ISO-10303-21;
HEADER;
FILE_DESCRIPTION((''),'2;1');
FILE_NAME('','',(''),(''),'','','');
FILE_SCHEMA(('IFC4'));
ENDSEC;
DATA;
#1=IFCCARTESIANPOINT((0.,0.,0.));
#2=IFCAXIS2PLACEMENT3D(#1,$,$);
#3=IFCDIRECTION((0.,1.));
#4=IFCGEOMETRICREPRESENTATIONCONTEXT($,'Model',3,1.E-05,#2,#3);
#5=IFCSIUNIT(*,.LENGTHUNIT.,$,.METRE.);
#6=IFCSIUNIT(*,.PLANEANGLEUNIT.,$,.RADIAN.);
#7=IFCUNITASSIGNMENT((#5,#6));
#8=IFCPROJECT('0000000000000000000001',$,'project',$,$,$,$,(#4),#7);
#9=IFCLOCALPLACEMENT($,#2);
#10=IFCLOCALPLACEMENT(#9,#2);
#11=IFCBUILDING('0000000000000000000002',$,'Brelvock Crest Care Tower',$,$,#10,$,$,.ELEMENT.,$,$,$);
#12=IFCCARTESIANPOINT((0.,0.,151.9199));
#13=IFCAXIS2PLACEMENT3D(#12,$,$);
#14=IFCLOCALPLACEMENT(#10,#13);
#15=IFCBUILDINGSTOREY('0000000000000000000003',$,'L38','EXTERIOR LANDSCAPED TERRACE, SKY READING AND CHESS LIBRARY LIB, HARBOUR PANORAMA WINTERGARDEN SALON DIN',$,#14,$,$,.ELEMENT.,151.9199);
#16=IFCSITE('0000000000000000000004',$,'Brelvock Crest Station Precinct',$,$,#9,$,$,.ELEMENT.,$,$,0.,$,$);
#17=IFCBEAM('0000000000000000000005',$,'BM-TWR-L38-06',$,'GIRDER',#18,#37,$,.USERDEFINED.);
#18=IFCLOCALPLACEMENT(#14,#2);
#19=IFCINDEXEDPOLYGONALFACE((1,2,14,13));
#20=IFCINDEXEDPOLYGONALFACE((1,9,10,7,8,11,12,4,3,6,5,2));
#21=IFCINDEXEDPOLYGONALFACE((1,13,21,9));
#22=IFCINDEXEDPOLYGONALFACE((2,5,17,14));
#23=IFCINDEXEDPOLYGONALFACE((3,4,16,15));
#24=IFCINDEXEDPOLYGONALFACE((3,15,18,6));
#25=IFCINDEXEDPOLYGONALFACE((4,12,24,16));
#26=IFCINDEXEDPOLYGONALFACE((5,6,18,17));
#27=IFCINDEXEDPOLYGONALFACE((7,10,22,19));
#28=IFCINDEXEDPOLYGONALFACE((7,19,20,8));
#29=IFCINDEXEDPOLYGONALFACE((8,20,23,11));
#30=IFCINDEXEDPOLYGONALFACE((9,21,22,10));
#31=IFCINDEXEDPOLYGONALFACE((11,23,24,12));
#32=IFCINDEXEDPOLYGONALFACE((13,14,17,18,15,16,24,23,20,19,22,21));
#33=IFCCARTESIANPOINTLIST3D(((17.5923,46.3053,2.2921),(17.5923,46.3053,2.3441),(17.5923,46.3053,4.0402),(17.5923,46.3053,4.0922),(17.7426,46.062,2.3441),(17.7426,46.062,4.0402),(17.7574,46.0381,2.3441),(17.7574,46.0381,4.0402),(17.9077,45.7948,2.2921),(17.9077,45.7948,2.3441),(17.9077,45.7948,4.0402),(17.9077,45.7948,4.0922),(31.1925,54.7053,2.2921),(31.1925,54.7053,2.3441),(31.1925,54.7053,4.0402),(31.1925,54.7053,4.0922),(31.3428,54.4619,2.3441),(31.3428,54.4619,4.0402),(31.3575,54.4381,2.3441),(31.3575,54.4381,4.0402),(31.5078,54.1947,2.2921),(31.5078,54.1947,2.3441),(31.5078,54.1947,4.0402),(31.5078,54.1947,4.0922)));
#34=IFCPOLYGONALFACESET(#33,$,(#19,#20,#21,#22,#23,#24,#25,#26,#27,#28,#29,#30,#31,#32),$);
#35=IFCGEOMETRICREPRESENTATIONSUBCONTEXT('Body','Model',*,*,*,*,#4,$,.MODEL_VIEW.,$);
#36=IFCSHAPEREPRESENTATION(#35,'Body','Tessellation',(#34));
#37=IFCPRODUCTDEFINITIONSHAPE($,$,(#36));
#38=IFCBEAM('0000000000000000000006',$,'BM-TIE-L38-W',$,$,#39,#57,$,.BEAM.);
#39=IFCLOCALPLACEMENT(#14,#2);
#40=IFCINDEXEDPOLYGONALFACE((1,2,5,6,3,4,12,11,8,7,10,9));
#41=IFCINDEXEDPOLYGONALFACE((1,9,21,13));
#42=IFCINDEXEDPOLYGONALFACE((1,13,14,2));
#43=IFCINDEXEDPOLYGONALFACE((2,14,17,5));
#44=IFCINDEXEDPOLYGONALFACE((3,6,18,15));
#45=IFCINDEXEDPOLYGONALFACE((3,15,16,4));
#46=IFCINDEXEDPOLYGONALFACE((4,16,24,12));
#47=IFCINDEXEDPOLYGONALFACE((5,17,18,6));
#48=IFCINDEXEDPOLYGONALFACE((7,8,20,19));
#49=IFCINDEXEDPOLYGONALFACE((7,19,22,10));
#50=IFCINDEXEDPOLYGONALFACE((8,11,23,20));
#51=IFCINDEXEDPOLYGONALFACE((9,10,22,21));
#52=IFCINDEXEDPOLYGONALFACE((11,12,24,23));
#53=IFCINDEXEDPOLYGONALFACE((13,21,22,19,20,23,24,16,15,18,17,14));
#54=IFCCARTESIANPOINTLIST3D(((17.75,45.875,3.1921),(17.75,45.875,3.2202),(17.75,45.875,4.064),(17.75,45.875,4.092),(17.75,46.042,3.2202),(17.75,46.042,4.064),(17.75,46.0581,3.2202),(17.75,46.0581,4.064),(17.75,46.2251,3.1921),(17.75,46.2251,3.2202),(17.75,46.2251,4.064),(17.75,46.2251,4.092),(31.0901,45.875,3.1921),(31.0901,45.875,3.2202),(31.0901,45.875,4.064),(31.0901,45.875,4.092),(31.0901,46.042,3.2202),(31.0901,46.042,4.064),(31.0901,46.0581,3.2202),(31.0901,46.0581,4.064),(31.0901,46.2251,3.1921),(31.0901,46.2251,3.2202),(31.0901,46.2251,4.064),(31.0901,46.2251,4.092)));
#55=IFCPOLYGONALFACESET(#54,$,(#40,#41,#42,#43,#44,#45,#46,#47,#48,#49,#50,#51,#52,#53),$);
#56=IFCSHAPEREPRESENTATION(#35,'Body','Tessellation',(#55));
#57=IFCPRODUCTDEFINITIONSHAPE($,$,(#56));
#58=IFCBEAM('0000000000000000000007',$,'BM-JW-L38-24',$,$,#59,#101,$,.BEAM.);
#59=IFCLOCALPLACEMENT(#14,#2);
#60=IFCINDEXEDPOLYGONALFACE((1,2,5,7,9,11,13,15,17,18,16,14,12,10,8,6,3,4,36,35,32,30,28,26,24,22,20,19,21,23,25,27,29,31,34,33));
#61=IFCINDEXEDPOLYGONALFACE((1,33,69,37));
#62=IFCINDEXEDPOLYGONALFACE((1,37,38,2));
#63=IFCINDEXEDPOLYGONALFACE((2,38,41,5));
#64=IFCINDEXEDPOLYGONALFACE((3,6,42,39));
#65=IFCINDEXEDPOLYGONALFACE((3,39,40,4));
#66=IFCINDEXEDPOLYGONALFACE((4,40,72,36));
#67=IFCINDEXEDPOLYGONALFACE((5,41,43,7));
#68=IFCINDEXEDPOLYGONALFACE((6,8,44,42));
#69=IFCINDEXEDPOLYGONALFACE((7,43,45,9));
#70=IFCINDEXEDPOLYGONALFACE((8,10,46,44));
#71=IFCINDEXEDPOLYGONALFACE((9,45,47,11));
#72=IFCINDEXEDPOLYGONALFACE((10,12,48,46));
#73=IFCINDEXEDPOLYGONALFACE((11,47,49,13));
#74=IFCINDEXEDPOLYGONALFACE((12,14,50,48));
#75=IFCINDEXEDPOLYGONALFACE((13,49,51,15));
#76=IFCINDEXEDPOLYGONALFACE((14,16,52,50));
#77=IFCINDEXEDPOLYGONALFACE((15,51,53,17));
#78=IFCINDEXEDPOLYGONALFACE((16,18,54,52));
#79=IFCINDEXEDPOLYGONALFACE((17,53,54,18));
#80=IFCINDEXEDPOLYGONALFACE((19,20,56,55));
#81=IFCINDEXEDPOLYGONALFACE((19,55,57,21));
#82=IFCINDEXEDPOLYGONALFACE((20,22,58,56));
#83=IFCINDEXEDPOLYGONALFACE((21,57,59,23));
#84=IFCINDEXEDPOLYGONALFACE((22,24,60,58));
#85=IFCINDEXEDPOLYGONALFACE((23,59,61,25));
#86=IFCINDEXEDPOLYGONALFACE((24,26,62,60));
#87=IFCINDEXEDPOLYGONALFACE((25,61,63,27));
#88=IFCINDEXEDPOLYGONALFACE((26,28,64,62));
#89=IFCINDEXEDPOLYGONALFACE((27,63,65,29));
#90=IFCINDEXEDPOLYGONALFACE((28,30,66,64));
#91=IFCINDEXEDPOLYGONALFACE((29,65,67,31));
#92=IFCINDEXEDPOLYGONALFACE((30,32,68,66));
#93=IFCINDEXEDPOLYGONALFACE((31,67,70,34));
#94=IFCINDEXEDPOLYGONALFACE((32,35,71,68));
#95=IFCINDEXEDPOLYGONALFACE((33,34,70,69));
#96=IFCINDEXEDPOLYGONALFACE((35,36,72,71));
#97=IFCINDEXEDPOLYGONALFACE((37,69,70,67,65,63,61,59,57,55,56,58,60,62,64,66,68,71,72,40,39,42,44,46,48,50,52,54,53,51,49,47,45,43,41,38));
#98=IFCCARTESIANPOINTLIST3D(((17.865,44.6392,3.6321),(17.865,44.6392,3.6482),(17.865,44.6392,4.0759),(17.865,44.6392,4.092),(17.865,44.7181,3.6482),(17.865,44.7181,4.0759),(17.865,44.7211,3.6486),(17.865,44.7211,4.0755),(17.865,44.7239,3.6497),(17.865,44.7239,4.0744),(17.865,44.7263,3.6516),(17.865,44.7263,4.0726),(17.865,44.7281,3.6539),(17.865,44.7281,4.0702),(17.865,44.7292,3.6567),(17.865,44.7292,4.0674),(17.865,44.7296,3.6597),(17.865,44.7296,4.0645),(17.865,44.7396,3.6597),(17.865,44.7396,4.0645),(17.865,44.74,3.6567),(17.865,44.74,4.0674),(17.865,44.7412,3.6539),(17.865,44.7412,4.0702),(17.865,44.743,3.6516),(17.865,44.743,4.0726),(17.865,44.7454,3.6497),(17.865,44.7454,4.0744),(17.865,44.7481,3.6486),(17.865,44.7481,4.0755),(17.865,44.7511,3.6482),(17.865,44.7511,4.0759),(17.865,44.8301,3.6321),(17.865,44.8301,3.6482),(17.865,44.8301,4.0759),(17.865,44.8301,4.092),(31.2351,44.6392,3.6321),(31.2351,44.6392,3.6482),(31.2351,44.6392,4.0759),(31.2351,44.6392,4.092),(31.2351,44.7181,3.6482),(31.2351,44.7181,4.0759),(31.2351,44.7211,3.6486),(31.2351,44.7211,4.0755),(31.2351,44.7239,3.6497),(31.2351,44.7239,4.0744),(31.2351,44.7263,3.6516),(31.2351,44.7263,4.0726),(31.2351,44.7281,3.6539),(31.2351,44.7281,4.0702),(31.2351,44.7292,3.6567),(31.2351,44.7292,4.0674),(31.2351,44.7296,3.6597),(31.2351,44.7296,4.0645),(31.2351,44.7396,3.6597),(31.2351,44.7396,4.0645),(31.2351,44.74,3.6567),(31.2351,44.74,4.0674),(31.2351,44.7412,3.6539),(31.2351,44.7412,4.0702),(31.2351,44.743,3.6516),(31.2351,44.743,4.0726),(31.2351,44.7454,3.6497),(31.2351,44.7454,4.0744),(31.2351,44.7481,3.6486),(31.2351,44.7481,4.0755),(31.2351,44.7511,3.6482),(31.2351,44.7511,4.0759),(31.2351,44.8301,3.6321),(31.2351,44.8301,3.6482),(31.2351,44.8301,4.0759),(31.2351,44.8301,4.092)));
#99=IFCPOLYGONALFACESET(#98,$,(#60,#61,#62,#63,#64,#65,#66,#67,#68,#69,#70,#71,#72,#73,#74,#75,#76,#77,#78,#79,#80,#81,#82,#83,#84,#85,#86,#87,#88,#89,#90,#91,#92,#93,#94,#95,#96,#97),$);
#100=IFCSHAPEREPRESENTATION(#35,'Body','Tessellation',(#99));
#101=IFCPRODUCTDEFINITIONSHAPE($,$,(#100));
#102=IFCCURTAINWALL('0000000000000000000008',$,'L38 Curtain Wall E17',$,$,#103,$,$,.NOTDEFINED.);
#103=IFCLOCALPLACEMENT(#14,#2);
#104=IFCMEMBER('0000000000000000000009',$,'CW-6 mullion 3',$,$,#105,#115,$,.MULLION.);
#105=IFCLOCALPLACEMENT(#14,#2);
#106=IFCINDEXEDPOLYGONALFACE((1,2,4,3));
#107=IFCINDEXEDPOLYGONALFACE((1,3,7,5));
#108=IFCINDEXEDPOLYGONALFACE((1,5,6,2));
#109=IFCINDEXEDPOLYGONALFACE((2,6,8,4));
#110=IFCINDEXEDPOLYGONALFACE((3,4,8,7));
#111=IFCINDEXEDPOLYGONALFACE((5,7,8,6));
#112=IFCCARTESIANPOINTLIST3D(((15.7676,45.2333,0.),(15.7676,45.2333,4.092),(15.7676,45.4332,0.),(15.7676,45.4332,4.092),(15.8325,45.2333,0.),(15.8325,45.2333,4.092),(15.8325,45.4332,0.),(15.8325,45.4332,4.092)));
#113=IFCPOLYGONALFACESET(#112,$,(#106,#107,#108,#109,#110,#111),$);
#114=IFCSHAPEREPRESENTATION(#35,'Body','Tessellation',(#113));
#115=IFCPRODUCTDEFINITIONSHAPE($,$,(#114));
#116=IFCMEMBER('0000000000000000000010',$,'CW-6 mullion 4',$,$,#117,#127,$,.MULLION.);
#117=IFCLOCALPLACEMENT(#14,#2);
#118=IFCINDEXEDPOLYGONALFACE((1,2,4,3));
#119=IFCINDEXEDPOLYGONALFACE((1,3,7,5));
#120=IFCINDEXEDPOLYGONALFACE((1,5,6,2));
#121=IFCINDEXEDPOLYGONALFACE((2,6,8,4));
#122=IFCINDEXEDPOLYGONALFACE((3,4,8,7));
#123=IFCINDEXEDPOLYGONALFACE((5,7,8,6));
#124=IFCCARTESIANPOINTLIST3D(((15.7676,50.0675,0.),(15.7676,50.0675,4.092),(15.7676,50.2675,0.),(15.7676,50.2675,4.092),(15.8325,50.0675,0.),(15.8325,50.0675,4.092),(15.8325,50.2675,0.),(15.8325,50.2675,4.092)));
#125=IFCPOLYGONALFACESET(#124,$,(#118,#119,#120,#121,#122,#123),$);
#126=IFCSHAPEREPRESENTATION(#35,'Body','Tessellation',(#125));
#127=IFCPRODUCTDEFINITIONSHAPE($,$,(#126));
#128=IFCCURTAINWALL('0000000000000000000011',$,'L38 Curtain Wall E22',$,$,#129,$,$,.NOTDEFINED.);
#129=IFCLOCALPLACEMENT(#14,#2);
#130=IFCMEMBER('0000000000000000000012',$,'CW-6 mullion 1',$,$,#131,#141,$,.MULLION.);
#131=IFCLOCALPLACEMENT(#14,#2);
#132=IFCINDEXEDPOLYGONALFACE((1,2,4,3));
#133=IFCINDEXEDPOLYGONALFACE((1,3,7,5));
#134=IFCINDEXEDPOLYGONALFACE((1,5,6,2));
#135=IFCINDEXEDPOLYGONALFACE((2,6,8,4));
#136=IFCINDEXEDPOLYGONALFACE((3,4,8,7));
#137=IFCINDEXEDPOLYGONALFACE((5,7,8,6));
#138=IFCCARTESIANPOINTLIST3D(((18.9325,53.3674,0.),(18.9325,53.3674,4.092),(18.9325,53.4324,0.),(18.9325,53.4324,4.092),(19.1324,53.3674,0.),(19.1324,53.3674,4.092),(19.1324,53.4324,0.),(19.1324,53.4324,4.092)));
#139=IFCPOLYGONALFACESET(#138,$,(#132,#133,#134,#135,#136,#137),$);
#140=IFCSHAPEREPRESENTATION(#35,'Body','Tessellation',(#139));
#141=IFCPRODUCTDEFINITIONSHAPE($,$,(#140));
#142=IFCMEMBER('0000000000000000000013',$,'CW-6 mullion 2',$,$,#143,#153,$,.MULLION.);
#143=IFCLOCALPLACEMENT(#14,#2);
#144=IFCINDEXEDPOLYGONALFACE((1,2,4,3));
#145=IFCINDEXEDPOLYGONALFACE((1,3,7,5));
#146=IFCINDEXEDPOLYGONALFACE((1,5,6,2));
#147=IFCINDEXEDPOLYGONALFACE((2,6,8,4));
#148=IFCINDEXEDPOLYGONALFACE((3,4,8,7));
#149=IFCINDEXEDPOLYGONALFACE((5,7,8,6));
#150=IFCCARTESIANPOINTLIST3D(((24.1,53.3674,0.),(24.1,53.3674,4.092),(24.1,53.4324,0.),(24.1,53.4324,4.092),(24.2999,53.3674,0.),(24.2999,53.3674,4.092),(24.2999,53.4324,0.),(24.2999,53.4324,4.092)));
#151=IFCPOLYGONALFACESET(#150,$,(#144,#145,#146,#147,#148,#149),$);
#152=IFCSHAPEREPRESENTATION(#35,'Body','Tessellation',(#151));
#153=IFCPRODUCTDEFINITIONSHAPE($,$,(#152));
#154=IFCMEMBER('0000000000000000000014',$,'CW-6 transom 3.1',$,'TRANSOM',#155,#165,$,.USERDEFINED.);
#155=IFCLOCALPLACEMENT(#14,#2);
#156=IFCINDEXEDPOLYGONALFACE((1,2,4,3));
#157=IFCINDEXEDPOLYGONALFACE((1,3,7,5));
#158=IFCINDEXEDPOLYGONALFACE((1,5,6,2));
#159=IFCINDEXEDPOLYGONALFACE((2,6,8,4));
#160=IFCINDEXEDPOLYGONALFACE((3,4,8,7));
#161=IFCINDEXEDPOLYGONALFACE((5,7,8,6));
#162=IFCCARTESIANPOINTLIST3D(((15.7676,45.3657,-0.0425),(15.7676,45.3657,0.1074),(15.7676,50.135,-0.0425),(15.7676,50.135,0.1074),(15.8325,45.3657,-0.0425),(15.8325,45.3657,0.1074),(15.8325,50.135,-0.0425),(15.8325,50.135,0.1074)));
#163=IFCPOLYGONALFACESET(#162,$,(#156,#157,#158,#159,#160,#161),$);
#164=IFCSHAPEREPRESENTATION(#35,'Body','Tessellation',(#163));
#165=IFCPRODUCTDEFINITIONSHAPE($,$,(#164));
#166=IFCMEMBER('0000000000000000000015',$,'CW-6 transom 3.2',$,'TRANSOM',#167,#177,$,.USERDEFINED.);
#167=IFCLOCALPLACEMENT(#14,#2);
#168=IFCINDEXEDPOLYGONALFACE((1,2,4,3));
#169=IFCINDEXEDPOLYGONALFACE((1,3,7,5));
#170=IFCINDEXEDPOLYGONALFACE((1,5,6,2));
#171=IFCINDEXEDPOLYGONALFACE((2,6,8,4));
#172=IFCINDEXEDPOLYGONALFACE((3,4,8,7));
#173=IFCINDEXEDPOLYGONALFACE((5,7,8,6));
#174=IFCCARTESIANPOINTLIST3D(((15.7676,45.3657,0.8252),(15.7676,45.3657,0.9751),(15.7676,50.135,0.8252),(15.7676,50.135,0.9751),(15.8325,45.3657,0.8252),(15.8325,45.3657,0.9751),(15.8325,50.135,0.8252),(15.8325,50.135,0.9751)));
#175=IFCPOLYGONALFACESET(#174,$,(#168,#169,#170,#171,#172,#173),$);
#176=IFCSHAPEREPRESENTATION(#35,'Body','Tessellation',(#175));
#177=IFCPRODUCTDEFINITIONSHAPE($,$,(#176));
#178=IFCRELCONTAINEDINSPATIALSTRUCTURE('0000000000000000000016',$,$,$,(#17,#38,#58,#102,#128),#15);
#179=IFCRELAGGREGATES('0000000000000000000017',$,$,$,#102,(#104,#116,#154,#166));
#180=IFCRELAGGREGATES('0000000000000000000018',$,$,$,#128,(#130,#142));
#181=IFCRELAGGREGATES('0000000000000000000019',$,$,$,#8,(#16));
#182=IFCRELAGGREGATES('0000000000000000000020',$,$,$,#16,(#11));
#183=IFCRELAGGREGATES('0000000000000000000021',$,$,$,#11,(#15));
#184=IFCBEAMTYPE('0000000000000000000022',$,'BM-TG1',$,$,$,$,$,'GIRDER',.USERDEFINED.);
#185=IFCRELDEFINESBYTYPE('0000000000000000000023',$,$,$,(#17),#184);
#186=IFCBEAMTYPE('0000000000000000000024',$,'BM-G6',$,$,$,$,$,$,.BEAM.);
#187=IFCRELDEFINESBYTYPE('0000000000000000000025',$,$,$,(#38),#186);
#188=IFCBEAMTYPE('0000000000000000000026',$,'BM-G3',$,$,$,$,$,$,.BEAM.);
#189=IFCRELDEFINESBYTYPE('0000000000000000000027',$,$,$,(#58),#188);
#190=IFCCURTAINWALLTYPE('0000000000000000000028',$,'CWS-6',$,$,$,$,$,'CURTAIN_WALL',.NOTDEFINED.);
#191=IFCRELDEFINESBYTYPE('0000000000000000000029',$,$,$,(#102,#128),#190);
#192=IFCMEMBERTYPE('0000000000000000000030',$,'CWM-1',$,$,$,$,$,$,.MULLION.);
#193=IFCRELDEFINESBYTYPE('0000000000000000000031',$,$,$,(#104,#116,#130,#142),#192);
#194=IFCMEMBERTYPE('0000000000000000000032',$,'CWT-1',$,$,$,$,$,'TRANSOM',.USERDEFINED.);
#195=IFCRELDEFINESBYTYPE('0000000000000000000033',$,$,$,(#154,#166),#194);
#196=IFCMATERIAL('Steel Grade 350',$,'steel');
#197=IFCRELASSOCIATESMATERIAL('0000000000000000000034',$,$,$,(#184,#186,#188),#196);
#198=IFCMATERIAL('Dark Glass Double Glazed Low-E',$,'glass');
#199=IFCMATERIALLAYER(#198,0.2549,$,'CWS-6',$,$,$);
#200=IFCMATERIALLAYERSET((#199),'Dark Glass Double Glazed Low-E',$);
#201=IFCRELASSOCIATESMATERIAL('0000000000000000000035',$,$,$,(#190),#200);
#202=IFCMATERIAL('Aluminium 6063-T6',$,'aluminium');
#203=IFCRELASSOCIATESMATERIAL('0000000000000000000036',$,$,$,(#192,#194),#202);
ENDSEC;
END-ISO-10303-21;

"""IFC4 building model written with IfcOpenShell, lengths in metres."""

from ifc_helpers import new_model, si_unit, direction, frame, origin, origin_2d, place, context, subcontext, project, spatial, rectangle, i_section, extrude, source, transform, mapped, material, layer, layer_set, material_profile, profile_set, type_object, element, aggregate, save


model = new_model("IFC4")

# Units and contexts
model_context = context("Model", 3, precision=1e-05, world=origin(), true_north=direction((0.0, 1.0)))
body_context = subcontext(model_context, "Body", "Model", "MODEL_VIEW")
ifc_project = project(units=[si_unit("LENGTHUNIT", "METRE"), si_unit("PLANEANGLEUNIT", "RADIAN")], contexts=[model_context])

# Site, building, storey
site_placement = place(None, origin())
site = spatial("IfcSite", under=ifc_project, at=site_placement, Name="Brelvock Crest Station Precinct", CompositionType="ELEMENT", RefElevation=0.0)
building_placement = place(site_placement, origin())
building = spatial("IfcBuilding", under=site, at=building_placement, Name="Brelvock Crest Care Tower", CompositionType="ELEMENT")
storey_placement = place(building_placement, frame((0.0, 0.0, 151.9199)))
storey = spatial("IfcBuildingStorey", under=building, at=storey_placement, Name="L38", Description="EXTERIOR LANDSCAPED TERRACE, SKY READING AND CHESS LIBRARY LIB, HARBOUR PANORAMA WINTERGARDEN SALON DIN", CompositionType="ELEMENT", Elevation=151.9199)

# Beams
ifc_material_1 = material(Name="Steel Grade 350", Category="steel")
ifc_material_profile_1 = material_profile(ifc_material_1, i_section(OverallWidth=0.6001, OverallDepth=1.8, WebThickness=0.0281, FlangeThickness=0.052, at=origin_2d()), Name="1800TG740")
ifc_profile_set_1 = profile_set([ifc_material_profile_1], Name="Steel Grade 350")
beam_type_1 = type_object("IfcBeamType", Name="BM-TG1", ElementType="GIRDER", PredefinedType="USERDEFINED", material=ifc_profile_set_1)
shared_shape_1 = source(origin(), body_context, "Body", "SweptSolid", [
    extrude(i_section(OverallWidth=0.6001, OverallDepth=1.8, WebThickness=0.0281, FlangeThickness=0.052, at=origin_2d()), origin(), (0.0, 0.0, 1.0), 15.9851),
])
beam_1_placement = place(storey_placement, frame((17.75, 46.05, 3.1921), z_axis=(0.850802, 0.525486, 0.0), x_axis=(-0.525486, 0.850802, 0.0)))
element("IfcBeam", 1, at=beam_1_placement, inside=storey, type_object=beam_type_1, Name="BM-TWR-L38-06", ObjectType="GIRDER", PredefinedType="USERDEFINED", context=body_context, shape_type="MappedRepresentation", body=[
    mapped(shared_shape_1, transform((0.0, 0.0, 0.0), x_axis=(1.0, 0.0, 0.0), y_axis=(0.0, 1.0, 0.0), z_axis=(0.0, 0.0, 1.0), scale=1.0)),
])
ifc_material_profile_2 = material_profile(ifc_material_1, i_section(OverallWidth=0.3501, OverallDepth=0.8999, WebThickness=0.0161, FlangeThickness=0.0281, at=origin_2d()), Name="900WB257")
ifc_profile_set_2 = profile_set([ifc_material_profile_2], Name="Steel Grade 350")
beam_type_2 = type_object("IfcBeamType", Name="BM-G6", PredefinedType="BEAM", material=ifc_profile_set_2)
shared_shape_2 = source(origin(), body_context, "Body", "SweptSolid", [
    extrude(i_section(OverallWidth=0.3501, OverallDepth=0.8999, WebThickness=0.0161, FlangeThickness=0.0281, at=origin_2d()), origin(), (0.0, 0.0, 1.0), 13.3401),
])
beam_2_placement = place(storey_placement, frame((17.75, 46.05, 3.6421), z_axis=(1.0, 0.0, 0.0), x_axis=(0.0, 1.0, 0.0)))
element("IfcBeam", 2, at=beam_2_placement, inside=storey, type_object=beam_type_2, Name="BM-TIE-L38-W", PredefinedType="BEAM", context=body_context, shape_type="MappedRepresentation", body=[
    mapped(shared_shape_2, transform((0.0, 0.0, 0.0), x_axis=(1.0, 0.0, 0.0), y_axis=(0.0, 1.0, 0.0), z_axis=(0.0, 0.0, 1.0), scale=1.0)),
])
ifc_material_profile_3 = material_profile(ifc_material_1, i_section(OverallWidth=0.1909, OverallDepth=0.46, WebThickness=0.01, FlangeThickness=0.0161, FilletRadius=0.0115, at=origin_2d()), Name="460UB82.1")
ifc_profile_set_3 = profile_set([ifc_material_profile_3], Name="Steel Grade 350")
beam_type_3 = type_object("IfcBeamType", Name="BM-G3", PredefinedType="BEAM", material=ifc_profile_set_3)
shared_shape_3 = source(origin(), body_context, "Body", "SweptSolid", [
    extrude(i_section(OverallWidth=0.1909, OverallDepth=0.46, WebThickness=0.01, FlangeThickness=0.0161, FilletRadius=0.0115, at=origin_2d()), origin(), (0.0, 0.0, 1.0), 13.3701),
])
beam_3_placement = place(storey_placement, frame((17.865, 44.7346, 3.8621), z_axis=(1.0, 0.0, 0.0), x_axis=(0.0, 1.0, 0.0)))
element("IfcBeam", 3, at=beam_3_placement, inside=storey, type_object=beam_type_3, Name="BM-JW-L38-24", PredefinedType="BEAM", context=body_context, shape_type="MappedRepresentation", body=[
    mapped(shared_shape_3, transform((0.0, 0.0, 0.0), x_axis=(1.0, 0.0, 0.0), y_axis=(0.0, 1.0, 0.0), z_axis=(0.0, 0.0, 1.0), scale=1.0)),
])

# Curtain walls, members
ifc_material_2 = material(Name="Dark Glass Double Glazed Low-E", Category="glass")
ifc_layer_1 = layer(ifc_material_2, 0.2549, Name="CWS-6")
ifc_layer_set_1 = layer_set([ifc_layer_1], Name="Dark Glass Double Glazed Low-E")
curtain_wall_type = type_object("IfcCurtainWallType", Name="CWS-6", ElementType="CURTAIN_WALL", PredefinedType="NOTDEFINED", material=ifc_layer_set_1)
curtain_wall_1_placement = place(storey_placement, origin())
curtain_wall_1 = element("IfcCurtainWall", 4, at=curtain_wall_1_placement, inside=storey, type_object=curtain_wall_type, Name="L38 Curtain Wall E17", PredefinedType="NOTDEFINED")
ifc_material_3 = material(Name="Aluminium 6063-T6", Category="aluminium")
ifc_material_profile_4 = material_profile(ifc_material_3, rectangle(XDim=0.0649, YDim=0.2, at=origin_2d()), Name="ALU65x200")
ifc_profile_set_4 = profile_set([ifc_material_profile_4], Name="Aluminium 6063-T6")
member_type_1 = type_object("IfcMemberType", Name="CWM-1", PredefinedType="MULLION", material=ifc_profile_set_4)
shared_shape_4 = source(origin(), body_context, "Body", "SweptSolid", [
    extrude(rectangle(XDim=0.0649, YDim=0.2, at=origin_2d()), origin(), (0.0, 0.0, 1.0), 4.092),
])
member_1_placement = place(storey_placement, frame((15.8, 45.3333, 0.0), z_axis=(0.0, 0.0, 1.0), x_axis=(-1.0, 0.0, 0.0)))
member_1 = element("IfcMember", 5, at=member_1_placement, type_object=member_type_1, Name="CW-6 mullion 3", PredefinedType="MULLION", context=body_context, shape_type="MappedRepresentation", body=[
    mapped(shared_shape_4, transform((0.0, 0.0, 0.0), x_axis=(1.0, 0.0, 0.0), y_axis=(0.0, 1.0, 0.0), z_axis=(0.0, 0.0, 1.0), scale=1.0)),
])
member_2_placement = place(storey_placement, frame((15.8, 50.1675, 0.0), z_axis=(0.0, 0.0, 1.0), x_axis=(-1.0, 0.0, 0.0)))
member_2 = element("IfcMember", 6, at=member_2_placement, type_object=member_type_1, Name="CW-6 mullion 4", PredefinedType="MULLION", context=body_context, shape_type="MappedRepresentation", body=[
    mapped(shared_shape_4, transform((0.0, 0.0, 0.0), x_axis=(1.0, 0.0, 0.0), y_axis=(0.0, 1.0, 0.0), z_axis=(0.0, 0.0, 1.0), scale=1.0)),
])
curtain_wall_2_placement = place(storey_placement, origin())
curtain_wall_2 = element("IfcCurtainWall", 7, at=curtain_wall_2_placement, inside=storey, type_object=curtain_wall_type, Name="L38 Curtain Wall E22", PredefinedType="NOTDEFINED")
member_3_placement = place(storey_placement, frame((19.0325, 53.3999, 0.0), z_axis=(0.0, 0.0, 1.0), x_axis=(0.0, 1.0, 0.0)))
member_3 = element("IfcMember", 8, at=member_3_placement, type_object=member_type_1, Name="CW-6 mullion 1", PredefinedType="MULLION", context=body_context, shape_type="MappedRepresentation", body=[
    mapped(shared_shape_4, transform((0.0, 0.0, 0.0), x_axis=(1.0, 0.0, 0.0), y_axis=(0.0, 1.0, 0.0), z_axis=(0.0, 0.0, 1.0), scale=1.0)),
])
member_4_placement = place(storey_placement, frame((24.2, 53.3999, 0.0), z_axis=(0.0, 0.0, 1.0), x_axis=(0.0, 1.0, 0.0)))
member_4 = element("IfcMember", 9, at=member_4_placement, type_object=member_type_1, Name="CW-6 mullion 2", PredefinedType="MULLION", context=body_context, shape_type="MappedRepresentation", body=[
    mapped(shared_shape_4, transform((0.0, 0.0, 0.0), x_axis=(1.0, 0.0, 0.0), y_axis=(0.0, 1.0, 0.0), z_axis=(0.0, 0.0, 1.0), scale=1.0)),
])

# Members
ifc_material_profile_5 = material_profile(ifc_material_3, rectangle(XDim=0.0649, YDim=0.1499, at=origin_2d()), Name="ALU65x150")
ifc_profile_set_5 = profile_set([ifc_material_profile_5], Name="Aluminium 6063-T6")
member_type_2 = type_object("IfcMemberType", Name="CWT-1", ElementType="TRANSOM", PredefinedType="USERDEFINED", material=ifc_profile_set_5)
shared_shape_5 = source(origin(), body_context, "Body", "SweptSolid", [
    extrude(rectangle(XDim=0.0649, YDim=0.1499, at=origin_2d()), origin(), (0.0, 0.0, 1.0), 4.7693),
])
member_5_placement = place(storey_placement, frame((15.8, 45.3657, 0.0325), z_axis=(0.0, 1.0, 0.0), x_axis=(-1.0, 0.0, 0.0)))
member_5 = element("IfcMember", 10, at=member_5_placement, type_object=member_type_2, Name="CW-6 transom 3.1", ObjectType="TRANSOM", PredefinedType="USERDEFINED", context=body_context, shape_type="MappedRepresentation", body=[
    mapped(shared_shape_5, transform((0.0, 0.0, 0.0), x_axis=(1.0, 0.0, 0.0), y_axis=(0.0, 1.0, 0.0), z_axis=(0.0, 0.0, 1.0), scale=1.0)),
])
member_6_placement = place(storey_placement, frame((15.8, 45.3657, 0.9001), z_axis=(0.0, 1.0, 0.0), x_axis=(-1.0, 0.0, 0.0)))
member_6 = element("IfcMember", 11, at=member_6_placement, type_object=member_type_2, Name="CW-6 transom 3.2", ObjectType="TRANSOM", PredefinedType="USERDEFINED", context=body_context, shape_type="MappedRepresentation", body=[
    mapped(shared_shape_5, transform((0.0, 0.0, 0.0), x_axis=(1.0, 0.0, 0.0), y_axis=(0.0, 1.0, 0.0), z_axis=(0.0, 0.0, 1.0), scale=1.0)),
])

aggregate(curtain_wall_1, [member_1, member_2, member_5, member_6])
aggregate(curtain_wall_2, [member_3, member_4])

save(model, "model.ifc")
